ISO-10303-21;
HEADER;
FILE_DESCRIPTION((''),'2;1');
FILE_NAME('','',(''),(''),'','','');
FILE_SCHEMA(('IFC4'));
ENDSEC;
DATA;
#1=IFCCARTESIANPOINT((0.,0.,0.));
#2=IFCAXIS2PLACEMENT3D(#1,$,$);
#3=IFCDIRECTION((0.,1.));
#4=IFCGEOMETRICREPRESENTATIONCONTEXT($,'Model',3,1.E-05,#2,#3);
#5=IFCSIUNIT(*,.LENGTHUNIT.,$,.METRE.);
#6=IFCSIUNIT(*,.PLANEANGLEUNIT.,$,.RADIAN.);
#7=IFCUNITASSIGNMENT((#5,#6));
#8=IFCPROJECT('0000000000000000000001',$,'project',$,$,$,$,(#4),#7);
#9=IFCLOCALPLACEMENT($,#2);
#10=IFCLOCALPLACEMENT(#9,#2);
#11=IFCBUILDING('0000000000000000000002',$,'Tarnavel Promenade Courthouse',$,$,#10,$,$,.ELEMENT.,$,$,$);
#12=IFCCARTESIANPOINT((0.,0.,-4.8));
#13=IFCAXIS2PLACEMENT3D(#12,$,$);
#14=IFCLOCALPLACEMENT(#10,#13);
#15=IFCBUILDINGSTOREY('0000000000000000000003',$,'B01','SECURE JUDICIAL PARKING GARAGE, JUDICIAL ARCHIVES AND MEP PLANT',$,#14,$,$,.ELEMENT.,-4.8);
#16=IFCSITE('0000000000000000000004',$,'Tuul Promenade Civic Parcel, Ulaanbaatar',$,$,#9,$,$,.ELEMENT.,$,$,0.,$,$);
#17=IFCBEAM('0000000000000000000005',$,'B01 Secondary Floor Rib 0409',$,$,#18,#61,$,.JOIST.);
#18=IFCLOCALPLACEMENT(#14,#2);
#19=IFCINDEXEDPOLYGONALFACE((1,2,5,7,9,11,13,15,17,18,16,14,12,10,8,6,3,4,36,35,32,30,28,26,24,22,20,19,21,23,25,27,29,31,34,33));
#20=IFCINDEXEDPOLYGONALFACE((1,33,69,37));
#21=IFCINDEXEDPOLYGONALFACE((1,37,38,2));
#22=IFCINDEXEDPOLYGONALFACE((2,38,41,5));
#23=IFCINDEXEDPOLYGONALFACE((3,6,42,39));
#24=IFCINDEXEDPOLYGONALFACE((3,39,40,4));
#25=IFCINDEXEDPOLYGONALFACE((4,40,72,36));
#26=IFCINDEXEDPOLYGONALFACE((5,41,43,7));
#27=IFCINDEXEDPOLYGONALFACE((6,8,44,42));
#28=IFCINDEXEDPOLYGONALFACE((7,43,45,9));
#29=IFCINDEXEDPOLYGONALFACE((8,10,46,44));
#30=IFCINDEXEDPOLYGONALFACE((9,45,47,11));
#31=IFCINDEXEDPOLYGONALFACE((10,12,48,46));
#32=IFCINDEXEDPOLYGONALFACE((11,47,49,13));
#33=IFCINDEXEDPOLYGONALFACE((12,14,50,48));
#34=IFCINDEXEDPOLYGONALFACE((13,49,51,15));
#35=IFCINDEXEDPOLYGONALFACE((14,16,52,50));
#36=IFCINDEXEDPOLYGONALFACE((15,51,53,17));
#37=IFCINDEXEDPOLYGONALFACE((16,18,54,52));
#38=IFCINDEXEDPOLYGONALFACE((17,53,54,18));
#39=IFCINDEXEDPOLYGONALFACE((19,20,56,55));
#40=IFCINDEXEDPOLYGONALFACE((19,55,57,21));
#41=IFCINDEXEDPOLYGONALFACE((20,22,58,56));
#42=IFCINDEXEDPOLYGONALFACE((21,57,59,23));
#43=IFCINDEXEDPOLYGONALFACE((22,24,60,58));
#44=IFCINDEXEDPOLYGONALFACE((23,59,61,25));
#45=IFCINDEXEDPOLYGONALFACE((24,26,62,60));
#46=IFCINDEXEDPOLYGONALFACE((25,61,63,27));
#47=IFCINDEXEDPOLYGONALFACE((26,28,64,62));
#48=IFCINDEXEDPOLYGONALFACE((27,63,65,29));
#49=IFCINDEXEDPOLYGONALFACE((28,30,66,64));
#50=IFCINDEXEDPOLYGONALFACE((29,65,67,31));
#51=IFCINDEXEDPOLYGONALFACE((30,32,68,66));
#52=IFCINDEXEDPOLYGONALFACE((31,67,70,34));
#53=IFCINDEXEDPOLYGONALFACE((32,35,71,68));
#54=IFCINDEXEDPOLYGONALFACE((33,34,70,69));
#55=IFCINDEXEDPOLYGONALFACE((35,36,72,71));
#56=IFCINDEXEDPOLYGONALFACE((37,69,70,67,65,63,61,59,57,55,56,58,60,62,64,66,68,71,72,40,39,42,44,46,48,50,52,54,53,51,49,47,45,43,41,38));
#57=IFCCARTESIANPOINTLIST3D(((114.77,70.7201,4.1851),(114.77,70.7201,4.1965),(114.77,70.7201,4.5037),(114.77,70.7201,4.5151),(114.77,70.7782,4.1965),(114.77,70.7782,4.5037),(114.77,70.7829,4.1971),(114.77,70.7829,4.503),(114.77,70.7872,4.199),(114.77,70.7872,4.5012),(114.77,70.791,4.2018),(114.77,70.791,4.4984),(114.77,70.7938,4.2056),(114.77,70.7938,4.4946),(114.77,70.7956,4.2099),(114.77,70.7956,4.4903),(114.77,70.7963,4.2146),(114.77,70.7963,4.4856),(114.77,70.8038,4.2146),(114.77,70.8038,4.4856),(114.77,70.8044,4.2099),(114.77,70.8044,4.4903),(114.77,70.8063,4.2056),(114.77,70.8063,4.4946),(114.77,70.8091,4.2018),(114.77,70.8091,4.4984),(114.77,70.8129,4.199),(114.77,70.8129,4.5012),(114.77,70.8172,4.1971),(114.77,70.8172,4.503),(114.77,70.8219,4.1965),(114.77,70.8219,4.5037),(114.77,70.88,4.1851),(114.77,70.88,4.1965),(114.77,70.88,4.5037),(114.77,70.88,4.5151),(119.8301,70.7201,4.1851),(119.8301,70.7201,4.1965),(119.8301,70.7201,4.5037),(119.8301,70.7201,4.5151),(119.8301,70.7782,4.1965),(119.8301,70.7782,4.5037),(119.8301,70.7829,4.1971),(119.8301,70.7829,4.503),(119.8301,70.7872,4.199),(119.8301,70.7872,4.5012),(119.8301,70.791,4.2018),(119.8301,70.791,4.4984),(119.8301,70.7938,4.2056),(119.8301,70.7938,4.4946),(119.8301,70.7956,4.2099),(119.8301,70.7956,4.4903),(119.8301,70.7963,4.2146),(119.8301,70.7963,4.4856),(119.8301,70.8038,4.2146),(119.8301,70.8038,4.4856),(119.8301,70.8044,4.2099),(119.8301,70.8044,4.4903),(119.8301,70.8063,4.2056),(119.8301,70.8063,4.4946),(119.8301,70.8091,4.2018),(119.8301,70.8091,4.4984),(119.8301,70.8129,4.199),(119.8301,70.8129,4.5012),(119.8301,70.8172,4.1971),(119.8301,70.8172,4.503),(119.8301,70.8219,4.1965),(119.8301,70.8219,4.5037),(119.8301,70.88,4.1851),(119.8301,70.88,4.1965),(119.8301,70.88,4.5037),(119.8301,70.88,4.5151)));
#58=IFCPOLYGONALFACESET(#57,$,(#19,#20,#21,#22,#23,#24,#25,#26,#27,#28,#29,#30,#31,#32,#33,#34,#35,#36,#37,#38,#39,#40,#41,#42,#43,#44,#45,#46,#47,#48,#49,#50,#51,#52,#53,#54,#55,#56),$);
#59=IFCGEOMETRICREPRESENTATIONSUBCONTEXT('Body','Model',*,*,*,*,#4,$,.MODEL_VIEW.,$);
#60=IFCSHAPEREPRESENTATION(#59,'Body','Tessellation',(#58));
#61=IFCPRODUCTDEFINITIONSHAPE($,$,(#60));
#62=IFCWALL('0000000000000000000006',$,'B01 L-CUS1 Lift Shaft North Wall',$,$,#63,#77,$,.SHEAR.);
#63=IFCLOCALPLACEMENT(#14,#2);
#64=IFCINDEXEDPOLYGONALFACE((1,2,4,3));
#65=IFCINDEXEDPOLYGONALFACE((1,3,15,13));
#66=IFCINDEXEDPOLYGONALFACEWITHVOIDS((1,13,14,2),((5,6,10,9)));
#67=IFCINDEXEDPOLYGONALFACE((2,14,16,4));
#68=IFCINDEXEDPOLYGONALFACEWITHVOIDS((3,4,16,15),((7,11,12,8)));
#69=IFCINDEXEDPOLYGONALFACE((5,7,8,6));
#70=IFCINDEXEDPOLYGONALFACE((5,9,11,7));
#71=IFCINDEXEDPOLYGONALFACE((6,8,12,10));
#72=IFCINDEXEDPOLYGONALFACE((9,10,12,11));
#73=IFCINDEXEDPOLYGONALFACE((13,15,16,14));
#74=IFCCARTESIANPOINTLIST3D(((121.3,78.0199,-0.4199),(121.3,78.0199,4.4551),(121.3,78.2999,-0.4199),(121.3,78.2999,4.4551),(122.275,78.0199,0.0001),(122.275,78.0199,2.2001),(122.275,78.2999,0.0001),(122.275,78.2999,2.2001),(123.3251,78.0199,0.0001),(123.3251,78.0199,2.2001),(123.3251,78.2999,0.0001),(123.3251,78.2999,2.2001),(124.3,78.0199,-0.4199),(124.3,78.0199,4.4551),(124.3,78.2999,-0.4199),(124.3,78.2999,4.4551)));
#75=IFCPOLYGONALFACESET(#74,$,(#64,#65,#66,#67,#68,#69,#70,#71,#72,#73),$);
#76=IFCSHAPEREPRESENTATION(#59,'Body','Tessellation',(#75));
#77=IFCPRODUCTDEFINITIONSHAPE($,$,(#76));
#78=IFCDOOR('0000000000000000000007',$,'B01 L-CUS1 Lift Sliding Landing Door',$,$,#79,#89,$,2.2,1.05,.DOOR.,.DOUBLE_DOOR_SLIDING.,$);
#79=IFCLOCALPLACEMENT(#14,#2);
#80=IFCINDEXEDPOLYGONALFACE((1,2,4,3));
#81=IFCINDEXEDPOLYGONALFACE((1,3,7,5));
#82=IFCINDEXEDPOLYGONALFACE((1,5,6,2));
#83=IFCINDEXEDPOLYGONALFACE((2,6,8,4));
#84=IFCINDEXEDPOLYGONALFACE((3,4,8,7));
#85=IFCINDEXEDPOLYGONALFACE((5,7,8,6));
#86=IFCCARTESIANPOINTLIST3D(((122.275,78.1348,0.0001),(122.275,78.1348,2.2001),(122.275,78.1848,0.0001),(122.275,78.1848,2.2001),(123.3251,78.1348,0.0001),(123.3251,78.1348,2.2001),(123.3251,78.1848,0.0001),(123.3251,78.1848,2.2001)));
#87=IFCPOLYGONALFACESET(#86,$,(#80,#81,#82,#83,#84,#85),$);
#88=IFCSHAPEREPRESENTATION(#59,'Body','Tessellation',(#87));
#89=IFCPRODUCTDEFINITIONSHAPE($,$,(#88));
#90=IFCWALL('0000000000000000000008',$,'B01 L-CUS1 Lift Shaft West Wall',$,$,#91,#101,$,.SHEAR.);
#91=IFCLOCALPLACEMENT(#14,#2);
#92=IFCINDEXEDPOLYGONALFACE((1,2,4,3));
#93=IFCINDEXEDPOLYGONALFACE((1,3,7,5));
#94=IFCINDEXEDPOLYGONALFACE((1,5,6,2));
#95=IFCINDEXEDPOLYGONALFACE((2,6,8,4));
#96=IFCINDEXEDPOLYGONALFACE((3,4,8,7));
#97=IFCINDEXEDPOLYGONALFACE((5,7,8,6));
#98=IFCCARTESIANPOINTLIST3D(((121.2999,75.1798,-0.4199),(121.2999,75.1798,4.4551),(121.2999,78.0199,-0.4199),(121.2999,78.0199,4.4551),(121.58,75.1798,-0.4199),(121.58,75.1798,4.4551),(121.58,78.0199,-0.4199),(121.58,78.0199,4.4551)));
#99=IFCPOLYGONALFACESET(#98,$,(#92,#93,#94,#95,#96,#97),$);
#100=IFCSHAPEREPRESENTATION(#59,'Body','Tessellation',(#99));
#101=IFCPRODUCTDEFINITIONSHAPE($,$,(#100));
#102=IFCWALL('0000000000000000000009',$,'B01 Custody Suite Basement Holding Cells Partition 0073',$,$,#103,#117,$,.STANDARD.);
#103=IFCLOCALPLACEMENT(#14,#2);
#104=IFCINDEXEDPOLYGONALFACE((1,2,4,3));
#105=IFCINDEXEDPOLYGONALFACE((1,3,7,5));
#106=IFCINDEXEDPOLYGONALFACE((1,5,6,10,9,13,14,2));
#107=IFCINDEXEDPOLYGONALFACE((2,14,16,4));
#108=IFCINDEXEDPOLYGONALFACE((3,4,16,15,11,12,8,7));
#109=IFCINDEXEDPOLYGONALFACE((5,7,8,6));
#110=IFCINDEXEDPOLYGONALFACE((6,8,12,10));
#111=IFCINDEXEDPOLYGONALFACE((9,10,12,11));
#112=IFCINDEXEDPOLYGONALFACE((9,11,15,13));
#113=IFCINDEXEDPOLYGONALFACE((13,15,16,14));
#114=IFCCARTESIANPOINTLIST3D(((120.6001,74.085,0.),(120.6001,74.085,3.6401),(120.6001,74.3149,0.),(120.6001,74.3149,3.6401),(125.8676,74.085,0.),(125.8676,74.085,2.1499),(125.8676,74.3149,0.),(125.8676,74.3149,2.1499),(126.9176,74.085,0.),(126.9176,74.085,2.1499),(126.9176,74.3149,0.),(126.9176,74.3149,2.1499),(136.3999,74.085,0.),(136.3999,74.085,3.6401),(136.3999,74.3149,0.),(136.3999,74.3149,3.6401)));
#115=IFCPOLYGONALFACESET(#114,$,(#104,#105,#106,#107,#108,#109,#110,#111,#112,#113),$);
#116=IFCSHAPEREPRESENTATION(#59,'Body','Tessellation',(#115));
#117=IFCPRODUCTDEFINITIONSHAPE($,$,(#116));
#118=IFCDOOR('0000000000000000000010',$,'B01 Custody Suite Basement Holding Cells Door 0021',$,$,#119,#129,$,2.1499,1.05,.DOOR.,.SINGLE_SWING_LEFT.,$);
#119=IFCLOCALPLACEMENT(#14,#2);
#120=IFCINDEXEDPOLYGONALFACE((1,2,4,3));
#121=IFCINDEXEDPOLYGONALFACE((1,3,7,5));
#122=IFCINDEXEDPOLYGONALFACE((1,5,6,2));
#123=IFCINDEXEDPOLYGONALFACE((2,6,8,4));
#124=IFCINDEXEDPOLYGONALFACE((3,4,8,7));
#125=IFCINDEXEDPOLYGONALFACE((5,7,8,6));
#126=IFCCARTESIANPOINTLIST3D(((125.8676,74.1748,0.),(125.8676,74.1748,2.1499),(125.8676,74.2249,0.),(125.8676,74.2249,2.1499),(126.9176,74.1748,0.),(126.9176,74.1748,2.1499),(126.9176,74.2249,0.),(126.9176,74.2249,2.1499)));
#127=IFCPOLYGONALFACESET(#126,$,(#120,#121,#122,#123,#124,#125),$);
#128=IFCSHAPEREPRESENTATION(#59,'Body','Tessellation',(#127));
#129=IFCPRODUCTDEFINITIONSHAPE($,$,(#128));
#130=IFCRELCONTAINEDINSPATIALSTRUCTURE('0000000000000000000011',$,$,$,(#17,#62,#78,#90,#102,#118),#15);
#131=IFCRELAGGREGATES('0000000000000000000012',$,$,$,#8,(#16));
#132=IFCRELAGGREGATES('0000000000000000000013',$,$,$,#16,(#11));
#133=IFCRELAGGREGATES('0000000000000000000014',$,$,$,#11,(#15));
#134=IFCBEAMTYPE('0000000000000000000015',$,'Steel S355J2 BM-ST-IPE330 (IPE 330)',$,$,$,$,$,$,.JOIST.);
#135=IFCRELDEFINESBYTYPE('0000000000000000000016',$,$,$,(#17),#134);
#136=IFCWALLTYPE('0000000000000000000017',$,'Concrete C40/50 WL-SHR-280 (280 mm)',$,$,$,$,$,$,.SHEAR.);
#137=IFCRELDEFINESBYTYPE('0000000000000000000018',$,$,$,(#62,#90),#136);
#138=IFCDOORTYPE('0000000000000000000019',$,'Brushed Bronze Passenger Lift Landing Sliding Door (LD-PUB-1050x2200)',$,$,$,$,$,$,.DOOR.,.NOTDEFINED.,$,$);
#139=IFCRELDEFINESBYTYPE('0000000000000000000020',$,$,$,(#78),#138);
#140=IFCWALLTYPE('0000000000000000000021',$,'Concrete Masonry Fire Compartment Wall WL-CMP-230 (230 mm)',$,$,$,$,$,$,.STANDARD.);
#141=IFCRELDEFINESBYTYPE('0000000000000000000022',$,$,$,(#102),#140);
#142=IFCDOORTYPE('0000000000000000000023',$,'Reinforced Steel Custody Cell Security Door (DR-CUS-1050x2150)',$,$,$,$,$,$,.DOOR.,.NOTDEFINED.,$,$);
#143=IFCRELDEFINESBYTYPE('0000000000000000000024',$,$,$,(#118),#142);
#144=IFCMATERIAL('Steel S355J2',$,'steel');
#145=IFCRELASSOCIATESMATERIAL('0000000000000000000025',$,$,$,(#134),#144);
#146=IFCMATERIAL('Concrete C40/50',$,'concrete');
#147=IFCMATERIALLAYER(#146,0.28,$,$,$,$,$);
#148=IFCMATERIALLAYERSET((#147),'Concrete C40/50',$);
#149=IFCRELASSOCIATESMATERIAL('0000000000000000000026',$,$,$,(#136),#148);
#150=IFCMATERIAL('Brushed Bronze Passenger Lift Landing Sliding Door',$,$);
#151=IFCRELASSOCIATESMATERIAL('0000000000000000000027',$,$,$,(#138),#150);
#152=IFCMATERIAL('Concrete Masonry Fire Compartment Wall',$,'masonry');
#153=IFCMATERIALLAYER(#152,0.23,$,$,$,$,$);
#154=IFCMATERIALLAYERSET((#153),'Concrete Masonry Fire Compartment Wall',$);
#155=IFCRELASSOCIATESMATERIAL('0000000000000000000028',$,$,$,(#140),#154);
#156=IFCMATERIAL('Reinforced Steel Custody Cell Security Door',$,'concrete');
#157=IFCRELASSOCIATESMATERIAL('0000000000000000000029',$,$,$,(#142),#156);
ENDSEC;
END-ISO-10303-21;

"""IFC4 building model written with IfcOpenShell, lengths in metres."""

from ifc_helpers import new_model, si_unit, direction, frame, frame_2d, origin, origin_2d, place, context, subcontext, project, spatial, rectangle, i_section, extrude, material, layer, layer_set, material_profile, profile_set, type_object, element, fill, save


model = new_model("IFC4")

# Units and contexts
model_context = context("Model", 3, precision=1e-05, world=origin(), true_north=direction((0.0, 1.0)))
body_context = subcontext(model_context, "Body", "Model", "MODEL_VIEW")
ifc_project = project(units=[si_unit("LENGTHUNIT", "METRE"), si_unit("PLANEANGLEUNIT", "RADIAN")], contexts=[model_context])

# Site, building, storey
site_placement = place(None, origin())
site = spatial("IfcSite", under=ifc_project, at=site_placement, Name="Tuul Promenade Civic Parcel, Ulaanbaatar", CompositionType="ELEMENT", RefElevation=0.0)
building_placement = place(site_placement, origin())
building = spatial("IfcBuilding", under=site, at=building_placement, Name="Tarnavel Promenade Courthouse", CompositionType="ELEMENT")
storey_placement = place(building_placement, frame((0.0, 0.0, -4.8)))
storey = spatial("IfcBuildingStorey", under=building, at=storey_placement, Name="B01", Description="SECURE JUDICIAL PARKING GARAGE, JUDICIAL ARCHIVES AND MEP PLANT", CompositionType="ELEMENT", Elevation=-4.8)

# Shared definitions
ifc_material_1 = material(Name="Concrete C40/50", Category="concrete")

# Beam
ifc_material_2 = material(Name="Steel S355J2", Category="steel")
ifc_material_profile_1 = material_profile(ifc_material_2, i_section(OverallWidth=0.1599, OverallDepth=0.3301, WebThickness=0.0076, FlangeThickness=0.0115, FilletRadius=0.0181, at=origin_2d()), Name="IPE 330")
ifc_profile_set_1 = profile_set([ifc_material_profile_1], Name="Steel S355J2")
beam_type_1 = type_object("IfcBeamType", Name="Steel S355J2 BM-ST-IPE330 (IPE 330)", PredefinedType="JOIST", material=ifc_profile_set_1)
beam_1_placement = place(storey_placement, frame((114.77, 70.8, 4.3501), z_axis=(1.0, 0.0, 0.0), x_axis=(0.0, 1.0, 0.0)))
element("IfcBeam", 1, at=beam_1_placement, inside=storey, type_object=beam_type_1, Name="B01 Secondary Floor Rib 0409", PredefinedType="JOIST", context=body_context, shape_type="SweptSolid", body=[
    extrude(i_section(OverallWidth=0.1599, OverallDepth=0.3301, WebThickness=0.0076, FlangeThickness=0.0115, FilletRadius=0.0181, at=origin_2d()), origin(), (0.0, 0.0, 1.0), 5.0601),
])

# Wall, opening, door
ifc_layer_1 = layer(ifc_material_1, 0.28)
ifc_layer_set_1 = layer_set([ifc_layer_1], Name="Concrete C40/50")
wall_type_1 = type_object("IfcWallType", Name="Concrete C40/50 WL-SHR-280 (280 mm)", PredefinedType="SHEAR", material=ifc_layer_set_1)
wall_1_placement = place(storey_placement, frame((121.3, 78.1599, -0.4199), z_axis=(0.0, 0.0, 1.0), x_axis=(1.0, 0.0, 0.0)))
wall_1 = element("IfcWall", 2, at=wall_1_placement, inside=storey, type_object=wall_type_1, Name="B01 L-CUS1 Lift Shaft North Wall", PredefinedType="SHEAR", context=body_context, shape_type="SweptSolid", body=[
    extrude(rectangle(XDim=3.0, YDim=0.28, at=frame_2d((1.5, 0.0))), origin(), (0.0, 0.0, 1.0), 4.875),
])
opening_1_placement = place(wall_1_placement, frame((0.9751, 0.0, 0.4199)))
opening_1 = element("IfcOpeningElement", 3, at=opening_1_placement, cuts=wall_1, PredefinedType="OPENING", context=body_context, shape_type="SweptSolid", body=[
    extrude(rectangle(XDim=1.05, YDim=2.2, at=frame_2d((0.5249, 1.1001))), frame((0.0, 0.1499, 0.0), z_axis=(0.0, -1.0, 0.0), x_axis=(1.0, 0.0, 0.0)), (0.0, 0.0, 1.0), 0.3),
])
ifc_material_3 = material(Name="Brushed Bronze Passenger Lift Landing Sliding Door")
door_type_1 = type_object("IfcDoorType", Name="Brushed Bronze Passenger Lift Landing Sliding Door (LD-PUB-1050x2200)", OperationType="NOTDEFINED", PredefinedType="DOOR", material=ifc_material_3)
door_1_placement = place(opening_1_placement, origin())
door_1 = element("IfcDoor", 4, at=door_1_placement, inside=storey, type_object=door_type_1, Name="B01 L-CUS1 Lift Sliding Landing Door", OperationType="DOUBLE_DOOR_SLIDING", OverallHeight=2.2, OverallWidth=1.05, PredefinedType="DOOR", context=body_context, shape_type="SweptSolid", body=[
    extrude(rectangle(XDim=1.05, YDim=2.2, at=frame_2d((0.5249, 1.1001))), frame((0.0, 0.0249, 0.0), z_axis=(0.0, -1.0, 0.0), x_axis=(1.0, 0.0, 0.0)), (0.0, 0.0, 1.0), 0.05),
])
fill(opening_1, door_1)

# Wall
wall_2_placement = place(storey_placement, frame((121.4399, 75.1799, -0.4199), z_axis=(0.0, 0.0, 1.0), x_axis=(0.0, 1.0, 0.0)))
element("IfcWall", 5, at=wall_2_placement, inside=storey, type_object=wall_type_1, Name="B01 L-CUS1 Lift Shaft West Wall", PredefinedType="SHEAR", context=body_context, shape_type="SweptSolid", body=[
    extrude(rectangle(XDim=2.8401, YDim=0.28, at=frame_2d((1.4199, 0.0))), origin(), (0.0, 0.0, 1.0), 4.875),
])

# Wall, opening, door
ifc_material_4 = material(Name="Concrete Masonry Fire Compartment Wall", Category="masonry")
ifc_layer_2 = layer(ifc_material_4, 0.23)
ifc_layer_set_2 = layer_set([ifc_layer_2], Name="Concrete Masonry Fire Compartment Wall")
wall_type_2 = type_object("IfcWallType", Name="Concrete Masonry Fire Compartment Wall WL-CMP-230 (230 mm)", PredefinedType="STANDARD", material=ifc_layer_set_2)
wall_3_placement = place(storey_placement, frame((120.6001, 74.2, 0.0), z_axis=(0.0, 0.0, 1.0), x_axis=(1.0, 0.0, 0.0)))
wall_3 = element("IfcWall", 6, at=wall_3_placement, inside=storey, type_object=wall_type_2, Name="B01 Custody Suite Basement Holding Cells Partition 0073", PredefinedType="STANDARD", context=body_context, shape_type="SweptSolid", body=[
    extrude(rectangle(XDim=15.7998, YDim=0.23, at=frame_2d((7.8999, 0.0))), origin(), (0.0, 0.0, 1.0), 3.6401),
])
opening_2_placement = place(wall_3_placement, frame((5.2676, 0.0, 0.0)))
opening_2 = element("IfcOpeningElement", 7, at=opening_2_placement, cuts=wall_3, PredefinedType="OPENING", context=body_context, shape_type="SweptSolid", body=[
    extrude(rectangle(XDim=1.05, YDim=2.1499, at=frame_2d((0.5249, 1.075))), frame((0.0, 0.125, 0.0), z_axis=(0.0, -1.0, 0.0), x_axis=(1.0, 0.0, 0.0)), (0.0, 0.0, 1.0), 0.25),
])
ifc_material_5 = material(Name="Reinforced Steel Custody Cell Security Door", Category="concrete")
door_type_2 = type_object("IfcDoorType", Name="Reinforced Steel Custody Cell Security Door (DR-CUS-1050x2150)", OperationType="NOTDEFINED", PredefinedType="DOOR", material=ifc_material_5)
door_2_placement = place(opening_2_placement, origin())
door_2 = element("IfcDoor", 8, at=door_2_placement, inside=storey, type_object=door_type_2, Name="B01 Custody Suite Basement Holding Cells Door 0021", OperationType="SINGLE_SWING_LEFT", OverallHeight=2.1499, OverallWidth=1.05, PredefinedType="DOOR", context=body_context, shape_type="SweptSolid", body=[
    extrude(rectangle(XDim=1.05, YDim=2.1499, at=frame_2d((0.5249, 1.075))), frame((0.0, 0.0249, 0.0), z_axis=(0.0, -1.0, 0.0), x_axis=(1.0, 0.0, 0.0)), (0.0, 0.0, 1.0), 0.05),
])
fill(opening_2, door_2)

save(model, "model.ifc")
